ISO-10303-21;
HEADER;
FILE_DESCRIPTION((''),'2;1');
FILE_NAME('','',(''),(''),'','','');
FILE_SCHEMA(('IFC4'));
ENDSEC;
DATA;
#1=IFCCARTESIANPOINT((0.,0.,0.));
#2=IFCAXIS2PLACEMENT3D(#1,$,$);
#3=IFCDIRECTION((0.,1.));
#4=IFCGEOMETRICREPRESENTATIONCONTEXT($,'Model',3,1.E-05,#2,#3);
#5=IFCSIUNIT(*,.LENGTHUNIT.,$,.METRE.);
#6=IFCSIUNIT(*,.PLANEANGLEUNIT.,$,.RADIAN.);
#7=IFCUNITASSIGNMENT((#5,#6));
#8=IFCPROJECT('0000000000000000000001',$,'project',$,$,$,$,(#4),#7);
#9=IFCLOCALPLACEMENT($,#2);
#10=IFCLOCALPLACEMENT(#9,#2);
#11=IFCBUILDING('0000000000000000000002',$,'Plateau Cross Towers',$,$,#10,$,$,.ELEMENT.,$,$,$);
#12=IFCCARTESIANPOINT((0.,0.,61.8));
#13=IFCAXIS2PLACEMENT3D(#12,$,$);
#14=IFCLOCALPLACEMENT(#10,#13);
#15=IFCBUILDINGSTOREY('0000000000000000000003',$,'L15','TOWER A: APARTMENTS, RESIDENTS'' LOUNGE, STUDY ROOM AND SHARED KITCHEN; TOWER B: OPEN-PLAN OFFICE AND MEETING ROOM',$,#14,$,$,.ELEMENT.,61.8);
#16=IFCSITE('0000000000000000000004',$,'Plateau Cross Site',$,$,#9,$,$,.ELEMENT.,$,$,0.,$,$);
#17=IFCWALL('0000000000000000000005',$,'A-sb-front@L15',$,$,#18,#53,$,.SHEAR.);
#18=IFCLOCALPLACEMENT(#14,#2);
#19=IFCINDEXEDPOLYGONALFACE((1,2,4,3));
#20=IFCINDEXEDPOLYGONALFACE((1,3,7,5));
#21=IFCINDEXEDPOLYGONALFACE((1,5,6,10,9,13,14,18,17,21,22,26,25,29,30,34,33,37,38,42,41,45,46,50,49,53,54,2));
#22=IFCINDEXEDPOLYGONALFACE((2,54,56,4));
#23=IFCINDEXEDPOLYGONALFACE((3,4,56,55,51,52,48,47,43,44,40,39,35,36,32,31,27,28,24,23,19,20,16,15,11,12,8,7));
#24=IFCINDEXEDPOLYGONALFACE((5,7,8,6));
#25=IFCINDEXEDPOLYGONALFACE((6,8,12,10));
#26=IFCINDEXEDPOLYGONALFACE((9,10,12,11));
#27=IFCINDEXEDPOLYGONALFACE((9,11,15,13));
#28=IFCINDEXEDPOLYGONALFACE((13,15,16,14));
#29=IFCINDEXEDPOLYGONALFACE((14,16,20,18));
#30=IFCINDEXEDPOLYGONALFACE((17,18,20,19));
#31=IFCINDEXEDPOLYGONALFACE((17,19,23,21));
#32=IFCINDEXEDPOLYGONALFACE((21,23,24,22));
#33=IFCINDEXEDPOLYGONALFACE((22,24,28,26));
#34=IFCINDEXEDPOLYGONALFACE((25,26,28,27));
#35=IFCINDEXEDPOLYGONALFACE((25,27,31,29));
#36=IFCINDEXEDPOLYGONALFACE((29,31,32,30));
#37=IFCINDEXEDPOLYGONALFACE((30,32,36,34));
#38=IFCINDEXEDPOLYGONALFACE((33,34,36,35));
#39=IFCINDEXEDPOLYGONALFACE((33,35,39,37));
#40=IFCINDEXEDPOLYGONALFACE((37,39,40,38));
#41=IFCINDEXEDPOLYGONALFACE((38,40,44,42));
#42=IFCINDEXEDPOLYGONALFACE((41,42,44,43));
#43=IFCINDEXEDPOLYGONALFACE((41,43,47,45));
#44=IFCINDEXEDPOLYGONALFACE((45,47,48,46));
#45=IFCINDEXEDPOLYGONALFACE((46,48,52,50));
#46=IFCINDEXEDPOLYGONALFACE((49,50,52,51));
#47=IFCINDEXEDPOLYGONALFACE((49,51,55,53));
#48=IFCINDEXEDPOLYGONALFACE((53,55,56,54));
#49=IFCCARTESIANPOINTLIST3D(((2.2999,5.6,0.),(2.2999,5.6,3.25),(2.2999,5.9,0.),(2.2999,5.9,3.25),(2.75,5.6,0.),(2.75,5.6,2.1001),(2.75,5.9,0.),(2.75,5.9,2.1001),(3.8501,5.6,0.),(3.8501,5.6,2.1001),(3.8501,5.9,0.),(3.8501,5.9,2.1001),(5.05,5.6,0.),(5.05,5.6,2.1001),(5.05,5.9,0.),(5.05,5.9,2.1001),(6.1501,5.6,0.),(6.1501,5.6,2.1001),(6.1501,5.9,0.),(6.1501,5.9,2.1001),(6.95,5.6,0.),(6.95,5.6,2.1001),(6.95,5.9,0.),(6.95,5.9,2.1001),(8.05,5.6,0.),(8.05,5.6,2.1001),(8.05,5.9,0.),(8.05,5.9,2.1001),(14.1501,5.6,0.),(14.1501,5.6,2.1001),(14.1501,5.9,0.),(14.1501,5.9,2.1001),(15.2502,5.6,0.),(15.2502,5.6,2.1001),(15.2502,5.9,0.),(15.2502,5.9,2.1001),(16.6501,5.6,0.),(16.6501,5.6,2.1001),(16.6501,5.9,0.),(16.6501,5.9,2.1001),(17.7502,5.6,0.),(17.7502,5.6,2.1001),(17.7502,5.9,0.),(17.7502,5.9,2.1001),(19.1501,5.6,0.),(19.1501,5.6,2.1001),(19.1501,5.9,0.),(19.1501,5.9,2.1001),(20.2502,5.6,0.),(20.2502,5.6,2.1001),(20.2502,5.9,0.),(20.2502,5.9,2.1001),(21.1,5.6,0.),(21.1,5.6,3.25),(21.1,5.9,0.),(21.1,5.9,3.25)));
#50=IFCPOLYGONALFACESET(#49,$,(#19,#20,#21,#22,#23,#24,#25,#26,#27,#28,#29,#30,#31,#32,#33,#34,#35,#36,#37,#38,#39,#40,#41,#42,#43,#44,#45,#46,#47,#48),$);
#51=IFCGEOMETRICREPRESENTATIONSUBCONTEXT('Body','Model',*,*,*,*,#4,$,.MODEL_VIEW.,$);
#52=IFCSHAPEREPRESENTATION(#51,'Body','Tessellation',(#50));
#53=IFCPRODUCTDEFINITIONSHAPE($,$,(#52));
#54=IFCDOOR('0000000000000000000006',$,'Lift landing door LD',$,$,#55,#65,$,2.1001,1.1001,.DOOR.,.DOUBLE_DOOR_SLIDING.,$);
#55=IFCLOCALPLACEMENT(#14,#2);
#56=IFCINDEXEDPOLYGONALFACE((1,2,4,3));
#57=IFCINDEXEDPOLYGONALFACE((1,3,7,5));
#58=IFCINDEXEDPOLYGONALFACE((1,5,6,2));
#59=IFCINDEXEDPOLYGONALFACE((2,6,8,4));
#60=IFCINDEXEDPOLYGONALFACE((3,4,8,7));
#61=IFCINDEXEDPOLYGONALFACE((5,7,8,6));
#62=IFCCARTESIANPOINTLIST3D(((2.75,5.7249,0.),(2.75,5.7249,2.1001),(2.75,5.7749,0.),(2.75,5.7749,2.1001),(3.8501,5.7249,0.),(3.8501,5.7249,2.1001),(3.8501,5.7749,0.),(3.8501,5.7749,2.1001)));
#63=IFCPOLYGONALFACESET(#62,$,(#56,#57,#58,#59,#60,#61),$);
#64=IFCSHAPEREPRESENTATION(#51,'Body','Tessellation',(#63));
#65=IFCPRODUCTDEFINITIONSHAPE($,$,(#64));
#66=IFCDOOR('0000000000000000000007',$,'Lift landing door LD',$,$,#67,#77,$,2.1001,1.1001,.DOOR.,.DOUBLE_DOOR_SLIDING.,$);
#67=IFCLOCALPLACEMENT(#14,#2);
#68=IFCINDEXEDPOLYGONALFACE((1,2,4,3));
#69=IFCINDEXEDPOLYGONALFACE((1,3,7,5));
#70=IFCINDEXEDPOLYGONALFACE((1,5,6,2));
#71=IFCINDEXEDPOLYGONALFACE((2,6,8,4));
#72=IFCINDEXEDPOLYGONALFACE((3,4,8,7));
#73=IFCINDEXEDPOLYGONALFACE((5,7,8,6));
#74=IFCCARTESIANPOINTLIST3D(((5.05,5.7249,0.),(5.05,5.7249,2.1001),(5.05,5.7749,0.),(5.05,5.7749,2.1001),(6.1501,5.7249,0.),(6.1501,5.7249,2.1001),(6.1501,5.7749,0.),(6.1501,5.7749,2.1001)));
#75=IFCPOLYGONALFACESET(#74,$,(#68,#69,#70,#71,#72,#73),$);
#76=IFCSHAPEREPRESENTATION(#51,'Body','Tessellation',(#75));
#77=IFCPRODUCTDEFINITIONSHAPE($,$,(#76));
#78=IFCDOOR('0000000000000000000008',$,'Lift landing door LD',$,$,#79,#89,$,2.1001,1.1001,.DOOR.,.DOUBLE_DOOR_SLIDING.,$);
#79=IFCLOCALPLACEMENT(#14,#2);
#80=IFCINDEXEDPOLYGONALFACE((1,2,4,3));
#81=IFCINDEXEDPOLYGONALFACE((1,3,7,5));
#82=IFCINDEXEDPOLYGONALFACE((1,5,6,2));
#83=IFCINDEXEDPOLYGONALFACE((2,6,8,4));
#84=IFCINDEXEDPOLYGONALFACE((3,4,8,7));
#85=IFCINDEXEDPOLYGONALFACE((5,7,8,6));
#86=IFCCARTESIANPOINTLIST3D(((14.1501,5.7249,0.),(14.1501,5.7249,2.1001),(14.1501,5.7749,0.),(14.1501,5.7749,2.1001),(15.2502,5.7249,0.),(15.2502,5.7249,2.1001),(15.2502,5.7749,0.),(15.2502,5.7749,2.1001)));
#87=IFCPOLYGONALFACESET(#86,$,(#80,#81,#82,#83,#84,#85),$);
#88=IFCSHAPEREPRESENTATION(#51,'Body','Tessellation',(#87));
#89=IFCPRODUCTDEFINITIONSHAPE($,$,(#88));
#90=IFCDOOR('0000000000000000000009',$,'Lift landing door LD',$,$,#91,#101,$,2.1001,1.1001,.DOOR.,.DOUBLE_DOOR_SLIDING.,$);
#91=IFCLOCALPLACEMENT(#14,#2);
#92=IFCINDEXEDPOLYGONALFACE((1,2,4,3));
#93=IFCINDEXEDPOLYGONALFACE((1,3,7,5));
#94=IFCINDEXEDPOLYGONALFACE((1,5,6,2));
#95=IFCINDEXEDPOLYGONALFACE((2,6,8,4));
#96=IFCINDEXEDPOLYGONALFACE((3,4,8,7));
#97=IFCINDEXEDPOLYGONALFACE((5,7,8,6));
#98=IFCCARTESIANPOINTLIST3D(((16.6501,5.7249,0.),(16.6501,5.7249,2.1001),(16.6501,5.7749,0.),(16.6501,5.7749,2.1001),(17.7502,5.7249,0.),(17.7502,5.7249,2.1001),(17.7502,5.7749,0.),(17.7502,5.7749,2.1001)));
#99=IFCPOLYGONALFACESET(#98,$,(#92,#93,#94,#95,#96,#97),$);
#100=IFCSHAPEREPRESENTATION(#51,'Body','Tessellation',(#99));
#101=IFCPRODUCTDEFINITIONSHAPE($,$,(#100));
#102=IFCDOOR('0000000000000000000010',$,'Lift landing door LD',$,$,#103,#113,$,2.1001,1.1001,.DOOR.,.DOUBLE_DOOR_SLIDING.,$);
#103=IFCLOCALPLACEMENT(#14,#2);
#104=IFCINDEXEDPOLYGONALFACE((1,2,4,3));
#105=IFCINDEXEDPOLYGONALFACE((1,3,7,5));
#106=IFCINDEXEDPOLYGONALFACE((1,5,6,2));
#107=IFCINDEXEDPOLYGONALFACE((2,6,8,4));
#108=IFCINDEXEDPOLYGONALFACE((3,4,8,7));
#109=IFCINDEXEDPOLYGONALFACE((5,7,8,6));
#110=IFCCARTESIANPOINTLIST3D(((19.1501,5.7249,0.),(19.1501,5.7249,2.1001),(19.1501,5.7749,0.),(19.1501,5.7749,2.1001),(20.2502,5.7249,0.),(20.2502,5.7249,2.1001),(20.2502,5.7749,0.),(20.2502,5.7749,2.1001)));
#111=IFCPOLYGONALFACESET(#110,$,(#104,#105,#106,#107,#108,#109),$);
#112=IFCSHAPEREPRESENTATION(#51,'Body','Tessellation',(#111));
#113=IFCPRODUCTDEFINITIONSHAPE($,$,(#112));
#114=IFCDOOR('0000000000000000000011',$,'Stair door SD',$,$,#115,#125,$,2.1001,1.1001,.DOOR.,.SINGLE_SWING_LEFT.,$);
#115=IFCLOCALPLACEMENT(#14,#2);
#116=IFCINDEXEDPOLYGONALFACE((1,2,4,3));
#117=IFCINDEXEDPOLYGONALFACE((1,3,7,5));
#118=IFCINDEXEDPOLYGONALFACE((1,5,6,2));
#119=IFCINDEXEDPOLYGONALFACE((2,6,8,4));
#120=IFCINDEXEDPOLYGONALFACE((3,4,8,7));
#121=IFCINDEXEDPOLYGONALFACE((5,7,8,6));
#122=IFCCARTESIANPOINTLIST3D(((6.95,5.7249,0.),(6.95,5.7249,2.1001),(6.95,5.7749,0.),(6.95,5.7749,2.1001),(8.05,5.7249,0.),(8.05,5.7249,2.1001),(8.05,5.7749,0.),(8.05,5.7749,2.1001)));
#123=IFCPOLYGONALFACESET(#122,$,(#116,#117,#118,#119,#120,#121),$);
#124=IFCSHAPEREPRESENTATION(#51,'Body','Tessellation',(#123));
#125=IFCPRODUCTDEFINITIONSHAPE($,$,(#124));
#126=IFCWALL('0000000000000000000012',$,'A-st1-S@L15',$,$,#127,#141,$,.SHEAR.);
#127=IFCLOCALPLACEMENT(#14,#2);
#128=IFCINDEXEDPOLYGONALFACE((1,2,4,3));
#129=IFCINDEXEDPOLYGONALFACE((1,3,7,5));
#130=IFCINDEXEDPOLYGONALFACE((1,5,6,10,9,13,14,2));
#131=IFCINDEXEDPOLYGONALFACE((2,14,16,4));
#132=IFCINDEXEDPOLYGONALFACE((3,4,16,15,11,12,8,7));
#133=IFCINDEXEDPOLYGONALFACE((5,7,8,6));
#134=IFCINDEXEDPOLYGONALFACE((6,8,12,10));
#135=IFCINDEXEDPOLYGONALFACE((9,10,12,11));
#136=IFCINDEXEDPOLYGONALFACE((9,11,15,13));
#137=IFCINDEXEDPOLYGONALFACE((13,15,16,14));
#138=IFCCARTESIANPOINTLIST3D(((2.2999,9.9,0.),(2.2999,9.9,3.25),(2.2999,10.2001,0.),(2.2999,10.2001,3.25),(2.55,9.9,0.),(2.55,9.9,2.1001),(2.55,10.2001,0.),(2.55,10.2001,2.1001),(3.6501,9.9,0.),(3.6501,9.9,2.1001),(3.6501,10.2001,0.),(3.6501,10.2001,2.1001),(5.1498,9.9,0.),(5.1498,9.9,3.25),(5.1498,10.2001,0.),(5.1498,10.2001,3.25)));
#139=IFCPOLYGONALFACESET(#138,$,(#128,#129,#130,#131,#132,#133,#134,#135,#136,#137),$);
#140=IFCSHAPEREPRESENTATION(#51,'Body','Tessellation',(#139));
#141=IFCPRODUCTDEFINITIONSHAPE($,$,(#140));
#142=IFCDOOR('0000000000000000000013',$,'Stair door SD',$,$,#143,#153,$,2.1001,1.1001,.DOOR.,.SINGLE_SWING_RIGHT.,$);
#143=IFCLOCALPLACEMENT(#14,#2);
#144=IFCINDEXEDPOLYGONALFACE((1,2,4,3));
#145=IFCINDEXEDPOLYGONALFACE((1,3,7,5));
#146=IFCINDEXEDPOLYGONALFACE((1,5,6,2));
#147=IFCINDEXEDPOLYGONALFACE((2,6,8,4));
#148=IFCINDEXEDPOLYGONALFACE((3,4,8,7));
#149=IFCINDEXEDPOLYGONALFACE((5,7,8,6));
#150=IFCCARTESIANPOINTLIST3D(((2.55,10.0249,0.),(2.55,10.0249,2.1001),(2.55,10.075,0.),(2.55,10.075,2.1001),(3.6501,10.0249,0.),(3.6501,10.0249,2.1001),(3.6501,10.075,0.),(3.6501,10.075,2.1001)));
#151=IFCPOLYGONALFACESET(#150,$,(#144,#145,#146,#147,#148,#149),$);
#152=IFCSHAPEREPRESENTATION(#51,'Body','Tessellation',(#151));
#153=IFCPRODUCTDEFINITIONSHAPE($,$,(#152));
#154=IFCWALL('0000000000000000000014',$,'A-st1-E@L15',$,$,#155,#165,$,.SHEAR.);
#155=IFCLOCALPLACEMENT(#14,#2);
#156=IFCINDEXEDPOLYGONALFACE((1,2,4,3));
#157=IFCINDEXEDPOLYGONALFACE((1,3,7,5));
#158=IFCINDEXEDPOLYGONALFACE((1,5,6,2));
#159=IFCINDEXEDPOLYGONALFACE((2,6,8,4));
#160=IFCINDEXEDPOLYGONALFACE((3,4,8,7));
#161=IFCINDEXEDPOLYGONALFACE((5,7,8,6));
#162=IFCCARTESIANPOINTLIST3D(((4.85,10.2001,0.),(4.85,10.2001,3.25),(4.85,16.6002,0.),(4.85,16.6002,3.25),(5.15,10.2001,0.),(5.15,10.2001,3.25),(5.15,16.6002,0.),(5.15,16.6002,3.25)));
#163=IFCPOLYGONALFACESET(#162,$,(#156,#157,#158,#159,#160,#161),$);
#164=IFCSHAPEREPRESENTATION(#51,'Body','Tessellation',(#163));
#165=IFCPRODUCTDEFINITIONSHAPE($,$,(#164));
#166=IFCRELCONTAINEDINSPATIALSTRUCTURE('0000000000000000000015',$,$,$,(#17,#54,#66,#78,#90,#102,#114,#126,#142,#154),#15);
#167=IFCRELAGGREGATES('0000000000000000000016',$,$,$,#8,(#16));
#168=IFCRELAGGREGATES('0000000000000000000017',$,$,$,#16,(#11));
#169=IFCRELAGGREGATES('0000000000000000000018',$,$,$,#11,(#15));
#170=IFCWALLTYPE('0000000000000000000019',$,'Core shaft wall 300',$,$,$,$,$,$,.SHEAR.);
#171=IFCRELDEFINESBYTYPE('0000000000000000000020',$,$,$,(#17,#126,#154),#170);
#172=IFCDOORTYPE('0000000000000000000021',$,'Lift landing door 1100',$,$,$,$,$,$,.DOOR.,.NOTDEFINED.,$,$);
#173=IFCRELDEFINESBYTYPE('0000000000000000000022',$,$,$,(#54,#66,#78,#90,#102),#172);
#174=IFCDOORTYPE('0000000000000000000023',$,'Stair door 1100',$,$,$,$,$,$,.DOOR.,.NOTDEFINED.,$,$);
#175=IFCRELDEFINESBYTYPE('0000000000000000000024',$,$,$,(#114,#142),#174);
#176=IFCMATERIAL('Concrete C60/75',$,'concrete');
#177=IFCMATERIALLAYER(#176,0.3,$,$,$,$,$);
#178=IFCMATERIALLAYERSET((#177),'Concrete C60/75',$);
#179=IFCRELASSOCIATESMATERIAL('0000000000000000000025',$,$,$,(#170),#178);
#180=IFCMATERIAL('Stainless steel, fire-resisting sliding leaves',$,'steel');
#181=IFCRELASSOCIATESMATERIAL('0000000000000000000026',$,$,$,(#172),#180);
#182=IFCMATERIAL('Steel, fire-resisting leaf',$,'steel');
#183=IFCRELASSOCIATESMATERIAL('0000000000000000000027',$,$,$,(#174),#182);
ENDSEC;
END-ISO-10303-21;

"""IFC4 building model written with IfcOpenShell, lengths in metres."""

from ifc_helpers import new_model, si_unit, direction, frame, frame_2d, origin, place, context, subcontext, project, spatial, rectangle, extrude, material, layer, layer_set, type_object, element, fill, save


model = new_model("IFC4")

# Units and contexts
model_context = context("Model", 3, precision=1e-05, world=origin(), true_north=direction((0.0, 1.0)))
body_context = subcontext(model_context, "Body", "Model", "MODEL_VIEW")
ifc_project = project(units=[si_unit("LENGTHUNIT", "METRE"), si_unit("PLANEANGLEUNIT", "RADIAN")], contexts=[model_context])

# Site, building, storey
site_placement = place(None, origin())
site = spatial("IfcSite", under=ifc_project, at=site_placement, Name="Plateau Cross Site", CompositionType="ELEMENT", RefElevation=0.0)
building_placement = place(site_placement, origin())
building = spatial("IfcBuilding", under=site, at=building_placement, Name="Plateau Cross Towers", CompositionType="ELEMENT")
storey_placement = place(building_placement, frame((0.0, 0.0, 61.8)))
storey = spatial("IfcBuildingStorey", under=building, at=storey_placement, Name="L15", Description="TOWER A: APARTMENTS, RESIDENTS' LOUNGE, STUDY ROOM AND SHARED KITCHEN; TOWER B: OPEN-PLAN OFFICE AND MEETING ROOM", CompositionType="ELEMENT", Elevation=61.8)

# Shared definitions
ifc_material_1 = material(Name="Concrete C60/75", Category="concrete")
ifc_layer_1 = layer(ifc_material_1, 0.3)
ifc_layer_set_1 = layer_set([ifc_layer_1], Name="Concrete C60/75")
wall_type_1 = type_object("IfcWallType", Name="Core shaft wall 300", PredefinedType="SHEAR", material=ifc_layer_set_1)

# Wall, openings, doors
wall_1_placement = place(storey_placement, frame((2.3, 5.75, 0.0), z_axis=(0.0, 0.0, 1.0), x_axis=(1.0, 0.0, 0.0)))
wall_1 = element("IfcWall", 1, at=wall_1_placement, inside=storey, type_object=wall_type_1, Name="A-sb-front@L15", PredefinedType="SHEAR", context=body_context, shape_type="SweptSolid", body=[
    extrude(rectangle(XDim=18.8, YDim=0.3, at=frame_2d((9.3999, 0.0))), origin(), (0.0, 0.0, 1.0), 3.25),
])
opening_1_placement = place(wall_1_placement, frame((4.6499, 0.0, 0.0)))
opening_1 = element("IfcOpeningElement", 2, at=opening_1_placement, cuts=wall_1, PredefinedType="OPENING", context=body_context, shape_type="SweptSolid", body=[
    extrude(rectangle(XDim=1.1001, YDim=2.1001, at=frame_2d((0.55, 1.05))), frame((0.0, 0.1599, 0.0), z_axis=(0.0, -1.0, 0.0), x_axis=(1.0, 0.0, 0.0)), (0.0, 0.0, 1.0), 0.3201),
])
opening_2_placement = place(wall_1_placement, frame((0.45, 0.0, 0.0)))
opening_2 = element("IfcOpeningElement", 3, at=opening_2_placement, cuts=wall_1, PredefinedType="OPENING", context=body_context, shape_type="SweptSolid", body=[
    extrude(rectangle(XDim=1.1001, YDim=2.1001, at=frame_2d((0.55, 1.05))), frame((0.0, 0.1599, 0.0), z_axis=(0.0, -1.0, 0.0), x_axis=(1.0, 0.0, 0.0)), (0.0, 0.0, 1.0), 0.3201),
])
opening_3_placement = place(wall_1_placement, frame((2.75, 0.0, 0.0)))
opening_3 = element("IfcOpeningElement", 4, at=opening_3_placement, cuts=wall_1, PredefinedType="OPENING", context=body_context, shape_type="SweptSolid", body=[
    extrude(rectangle(XDim=1.1001, YDim=2.1001, at=frame_2d((0.55, 1.05))), frame((0.0, 0.1599, 0.0), z_axis=(0.0, -1.0, 0.0), x_axis=(1.0, 0.0, 0.0)), (0.0, 0.0, 1.0), 0.3201),
])
opening_4_placement = place(wall_1_placement, frame((11.8501, 0.0, 0.0)))
opening_4 = element("IfcOpeningElement", 5, at=opening_4_placement, cuts=wall_1, PredefinedType="OPENING", context=body_context, shape_type="SweptSolid", body=[
    extrude(rectangle(XDim=1.1001, YDim=2.1001, at=frame_2d((0.55, 1.05))), frame((0.0, 0.1599, 0.0), z_axis=(0.0, -1.0, 0.0), x_axis=(1.0, 0.0, 0.0)), (0.0, 0.0, 1.0), 0.3201),
])
opening_5_placement = place(wall_1_placement, frame((14.3501, 0.0, 0.0)))
opening_5 = element("IfcOpeningElement", 6, at=opening_5_placement, cuts=wall_1, PredefinedType="OPENING", context=body_context, shape_type="SweptSolid", body=[
    extrude(rectangle(XDim=1.1001, YDim=2.1001, at=frame_2d((0.55, 1.05))), frame((0.0, 0.1599, 0.0), z_axis=(0.0, -1.0, 0.0), x_axis=(1.0, 0.0, 0.0)), (0.0, 0.0, 1.0), 0.3201),
])
opening_6_placement = place(wall_1_placement, frame((16.8501, 0.0, 0.0)))
opening_6 = element("IfcOpeningElement", 7, at=opening_6_placement, cuts=wall_1, PredefinedType="OPENING", context=body_context, shape_type="SweptSolid", body=[
    extrude(rectangle(XDim=1.1001, YDim=2.1001, at=frame_2d((0.55, 1.05))), frame((0.0, 0.1599, 0.0), z_axis=(0.0, -1.0, 0.0), x_axis=(1.0, 0.0, 0.0)), (0.0, 0.0, 1.0), 0.3201),
])
ifc_material_2 = material(Name="Stainless steel, fire-resisting sliding leaves", Category="steel")
door_type_1 = type_object("IfcDoorType", Name="Lift landing door 1100", OperationType="NOTDEFINED", PredefinedType="DOOR", material=ifc_material_2)
door_1_placement = place(opening_2_placement, origin())
door_1 = element("IfcDoor", 8, at=door_1_placement, inside=storey, type_object=door_type_1, Name="Lift landing door LD", OperationType="DOUBLE_DOOR_SLIDING", OverallHeight=2.1001, OverallWidth=1.1001, PredefinedType="DOOR", context=body_context, shape_type="SweptSolid", body=[
    extrude(rectangle(XDim=1.1001, YDim=2.1001, at=frame_2d((0.55, 1.05))), frame((0.0, 0.0249, 0.0), z_axis=(0.0, -1.0, 0.0), x_axis=(1.0, 0.0, 0.0)), (0.0, 0.0, 1.0), 0.05),
])
fill(opening_2, door_1)
door_2_placement = place(opening_3_placement, origin())
door_2 = element("IfcDoor", 9, at=door_2_placement, inside=storey, type_object=door_type_1, Name="Lift landing door LD", OperationType="DOUBLE_DOOR_SLIDING", OverallHeight=2.1001, OverallWidth=1.1001, PredefinedType="DOOR", context=body_context, shape_type="SweptSolid", body=[
    extrude(rectangle(XDim=1.1001, YDim=2.1001, at=frame_2d((0.55, 1.05))), frame((0.0, 0.0249, 0.0), z_axis=(0.0, -1.0, 0.0), x_axis=(1.0, 0.0, 0.0)), (0.0, 0.0, 1.0), 0.05),
])
fill(opening_3, door_2)
door_3_placement = place(opening_4_placement, origin())
door_3 = element("IfcDoor", 10, at=door_3_placement, inside=storey, type_object=door_type_1, Name="Lift landing door LD", OperationType="DOUBLE_DOOR_SLIDING", OverallHeight=2.1001, OverallWidth=1.1001, PredefinedType="DOOR", context=body_context, shape_type="SweptSolid", body=[
    extrude(rectangle(XDim=1.1001, YDim=2.1001, at=frame_2d((0.55, 1.05))), frame((0.0, 0.0249, 0.0), z_axis=(0.0, -1.0, 0.0), x_axis=(1.0, 0.0, 0.0)), (0.0, 0.0, 1.0), 0.05),
])
fill(opening_4, door_3)
door_4_placement = place(opening_5_placement, origin())
door_4 = element("IfcDoor", 11, at=door_4_placement, inside=storey, type_object=door_type_1, Name="Lift landing door LD", OperationType="DOUBLE_DOOR_SLIDING", OverallHeight=2.1001, OverallWidth=1.1001, PredefinedType="DOOR", context=body_context, shape_type="SweptSolid", body=[
    extrude(rectangle(XDim=1.1001, YDim=2.1001, at=frame_2d((0.55, 1.05))), frame((0.0, 0.0249, 0.0), z_axis=(0.0, -1.0, 0.0), x_axis=(1.0, 0.0, 0.0)), (0.0, 0.0, 1.0), 0.05),
])
fill(opening_5, door_4)
door_5_placement = place(opening_6_placement, origin())
door_5 = element("IfcDoor", 12, at=door_5_placement, inside=storey, type_object=door_type_1, Name="Lift landing door LD", OperationType="DOUBLE_DOOR_SLIDING", OverallHeight=2.1001, OverallWidth=1.1001, PredefinedType="DOOR", context=body_context, shape_type="SweptSolid", body=[
    extrude(rectangle(XDim=1.1001, YDim=2.1001, at=frame_2d((0.55, 1.05))), frame((0.0, 0.0249, 0.0), z_axis=(0.0, -1.0, 0.0), x_axis=(1.0, 0.0, 0.0)), (0.0, 0.0, 1.0), 0.05),
])
fill(opening_6, door_5)
ifc_material_3 = material(Name="Steel, fire-resisting leaf", Category="steel")
door_type_2 = type_object("IfcDoorType", Name="Stair door 1100", OperationType="NOTDEFINED", PredefinedType="DOOR", material=ifc_material_3)
door_6_placement = place(opening_1_placement, origin())
door_6 = element("IfcDoor", 13, at=door_6_placement, inside=storey, type_object=door_type_2, Name="Stair door SD", OperationType="SINGLE_SWING_LEFT", OverallHeight=2.1001, OverallWidth=1.1001, PredefinedType="DOOR", context=body_context, shape_type="SweptSolid", body=[
    extrude(rectangle(XDim=1.1001, YDim=2.1001, at=frame_2d((0.55, 1.05))), frame((0.0, 0.0249, 0.0), z_axis=(0.0, -1.0, 0.0), x_axis=(1.0, 0.0, 0.0)), (0.0, 0.0, 1.0), 0.05),
])
fill(opening_1, door_6)

# Wall, opening, door
wall_2_placement = place(storey_placement, frame((2.3, 10.05, 0.0), z_axis=(0.0, 0.0, 1.0), x_axis=(1.0, 0.0, 0.0)))
wall_2 = element("IfcWall", 14, at=wall_2_placement, inside=storey, type_object=wall_type_1, Name="A-st1-S@L15", PredefinedType="SHEAR", context=body_context, shape_type="SweptSolid", body=[
    extrude(rectangle(XDim=2.8499, YDim=0.3, at=frame_2d((1.4248, 0.0))), origin(), (0.0, 0.0, 1.0), 3.25),
])
opening_7_placement = place(wall_2_placement, frame((0.25, 0.0, 0.0)))
opening_7 = element("IfcOpeningElement", 15, at=opening_7_placement, cuts=wall_2, PredefinedType="OPENING", context=body_context, shape_type="SweptSolid", body=[
    extrude(rectangle(XDim=1.1001, YDim=2.1001, at=frame_2d((0.55, 1.05))), frame((0.0, 0.1599, 0.0), z_axis=(0.0, -1.0, 0.0), x_axis=(1.0, 0.0, 0.0)), (0.0, 0.0, 1.0), 0.3201),
])
door_7_placement = place(opening_7_placement, origin())
door_7 = element("IfcDoor", 16, at=door_7_placement, inside=storey, type_object=door_type_2, Name="Stair door SD", OperationType="SINGLE_SWING_RIGHT", OverallHeight=2.1001, OverallWidth=1.1001, PredefinedType="DOOR", context=body_context, shape_type="SweptSolid", body=[
    extrude(rectangle(XDim=1.1001, YDim=2.1001, at=frame_2d((0.55, 1.05))), frame((0.0, 0.0249, 0.0), z_axis=(0.0, -1.0, 0.0), x_axis=(1.0, 0.0, 0.0)), (0.0, 0.0, 1.0), 0.05),
])
fill(opening_7, door_7)

# Wall
wall_3_placement = place(storey_placement, frame((5.0, 10.2, 0.0), z_axis=(0.0, 0.0, 1.0), x_axis=(0.0, 1.0, 0.0)))
element("IfcWall", 17, at=wall_3_placement, inside=storey, type_object=wall_type_1, Name="A-st1-E@L15", PredefinedType="SHEAR", context=body_context, shape_type="SweptSolid", body=[
    extrude(rectangle(XDim=6.4001, YDim=0.3, at=frame_2d((3.2002, 0.0))), origin(), (0.0, 0.0, 1.0), 3.25),
])

save(model, "model.ifc")
